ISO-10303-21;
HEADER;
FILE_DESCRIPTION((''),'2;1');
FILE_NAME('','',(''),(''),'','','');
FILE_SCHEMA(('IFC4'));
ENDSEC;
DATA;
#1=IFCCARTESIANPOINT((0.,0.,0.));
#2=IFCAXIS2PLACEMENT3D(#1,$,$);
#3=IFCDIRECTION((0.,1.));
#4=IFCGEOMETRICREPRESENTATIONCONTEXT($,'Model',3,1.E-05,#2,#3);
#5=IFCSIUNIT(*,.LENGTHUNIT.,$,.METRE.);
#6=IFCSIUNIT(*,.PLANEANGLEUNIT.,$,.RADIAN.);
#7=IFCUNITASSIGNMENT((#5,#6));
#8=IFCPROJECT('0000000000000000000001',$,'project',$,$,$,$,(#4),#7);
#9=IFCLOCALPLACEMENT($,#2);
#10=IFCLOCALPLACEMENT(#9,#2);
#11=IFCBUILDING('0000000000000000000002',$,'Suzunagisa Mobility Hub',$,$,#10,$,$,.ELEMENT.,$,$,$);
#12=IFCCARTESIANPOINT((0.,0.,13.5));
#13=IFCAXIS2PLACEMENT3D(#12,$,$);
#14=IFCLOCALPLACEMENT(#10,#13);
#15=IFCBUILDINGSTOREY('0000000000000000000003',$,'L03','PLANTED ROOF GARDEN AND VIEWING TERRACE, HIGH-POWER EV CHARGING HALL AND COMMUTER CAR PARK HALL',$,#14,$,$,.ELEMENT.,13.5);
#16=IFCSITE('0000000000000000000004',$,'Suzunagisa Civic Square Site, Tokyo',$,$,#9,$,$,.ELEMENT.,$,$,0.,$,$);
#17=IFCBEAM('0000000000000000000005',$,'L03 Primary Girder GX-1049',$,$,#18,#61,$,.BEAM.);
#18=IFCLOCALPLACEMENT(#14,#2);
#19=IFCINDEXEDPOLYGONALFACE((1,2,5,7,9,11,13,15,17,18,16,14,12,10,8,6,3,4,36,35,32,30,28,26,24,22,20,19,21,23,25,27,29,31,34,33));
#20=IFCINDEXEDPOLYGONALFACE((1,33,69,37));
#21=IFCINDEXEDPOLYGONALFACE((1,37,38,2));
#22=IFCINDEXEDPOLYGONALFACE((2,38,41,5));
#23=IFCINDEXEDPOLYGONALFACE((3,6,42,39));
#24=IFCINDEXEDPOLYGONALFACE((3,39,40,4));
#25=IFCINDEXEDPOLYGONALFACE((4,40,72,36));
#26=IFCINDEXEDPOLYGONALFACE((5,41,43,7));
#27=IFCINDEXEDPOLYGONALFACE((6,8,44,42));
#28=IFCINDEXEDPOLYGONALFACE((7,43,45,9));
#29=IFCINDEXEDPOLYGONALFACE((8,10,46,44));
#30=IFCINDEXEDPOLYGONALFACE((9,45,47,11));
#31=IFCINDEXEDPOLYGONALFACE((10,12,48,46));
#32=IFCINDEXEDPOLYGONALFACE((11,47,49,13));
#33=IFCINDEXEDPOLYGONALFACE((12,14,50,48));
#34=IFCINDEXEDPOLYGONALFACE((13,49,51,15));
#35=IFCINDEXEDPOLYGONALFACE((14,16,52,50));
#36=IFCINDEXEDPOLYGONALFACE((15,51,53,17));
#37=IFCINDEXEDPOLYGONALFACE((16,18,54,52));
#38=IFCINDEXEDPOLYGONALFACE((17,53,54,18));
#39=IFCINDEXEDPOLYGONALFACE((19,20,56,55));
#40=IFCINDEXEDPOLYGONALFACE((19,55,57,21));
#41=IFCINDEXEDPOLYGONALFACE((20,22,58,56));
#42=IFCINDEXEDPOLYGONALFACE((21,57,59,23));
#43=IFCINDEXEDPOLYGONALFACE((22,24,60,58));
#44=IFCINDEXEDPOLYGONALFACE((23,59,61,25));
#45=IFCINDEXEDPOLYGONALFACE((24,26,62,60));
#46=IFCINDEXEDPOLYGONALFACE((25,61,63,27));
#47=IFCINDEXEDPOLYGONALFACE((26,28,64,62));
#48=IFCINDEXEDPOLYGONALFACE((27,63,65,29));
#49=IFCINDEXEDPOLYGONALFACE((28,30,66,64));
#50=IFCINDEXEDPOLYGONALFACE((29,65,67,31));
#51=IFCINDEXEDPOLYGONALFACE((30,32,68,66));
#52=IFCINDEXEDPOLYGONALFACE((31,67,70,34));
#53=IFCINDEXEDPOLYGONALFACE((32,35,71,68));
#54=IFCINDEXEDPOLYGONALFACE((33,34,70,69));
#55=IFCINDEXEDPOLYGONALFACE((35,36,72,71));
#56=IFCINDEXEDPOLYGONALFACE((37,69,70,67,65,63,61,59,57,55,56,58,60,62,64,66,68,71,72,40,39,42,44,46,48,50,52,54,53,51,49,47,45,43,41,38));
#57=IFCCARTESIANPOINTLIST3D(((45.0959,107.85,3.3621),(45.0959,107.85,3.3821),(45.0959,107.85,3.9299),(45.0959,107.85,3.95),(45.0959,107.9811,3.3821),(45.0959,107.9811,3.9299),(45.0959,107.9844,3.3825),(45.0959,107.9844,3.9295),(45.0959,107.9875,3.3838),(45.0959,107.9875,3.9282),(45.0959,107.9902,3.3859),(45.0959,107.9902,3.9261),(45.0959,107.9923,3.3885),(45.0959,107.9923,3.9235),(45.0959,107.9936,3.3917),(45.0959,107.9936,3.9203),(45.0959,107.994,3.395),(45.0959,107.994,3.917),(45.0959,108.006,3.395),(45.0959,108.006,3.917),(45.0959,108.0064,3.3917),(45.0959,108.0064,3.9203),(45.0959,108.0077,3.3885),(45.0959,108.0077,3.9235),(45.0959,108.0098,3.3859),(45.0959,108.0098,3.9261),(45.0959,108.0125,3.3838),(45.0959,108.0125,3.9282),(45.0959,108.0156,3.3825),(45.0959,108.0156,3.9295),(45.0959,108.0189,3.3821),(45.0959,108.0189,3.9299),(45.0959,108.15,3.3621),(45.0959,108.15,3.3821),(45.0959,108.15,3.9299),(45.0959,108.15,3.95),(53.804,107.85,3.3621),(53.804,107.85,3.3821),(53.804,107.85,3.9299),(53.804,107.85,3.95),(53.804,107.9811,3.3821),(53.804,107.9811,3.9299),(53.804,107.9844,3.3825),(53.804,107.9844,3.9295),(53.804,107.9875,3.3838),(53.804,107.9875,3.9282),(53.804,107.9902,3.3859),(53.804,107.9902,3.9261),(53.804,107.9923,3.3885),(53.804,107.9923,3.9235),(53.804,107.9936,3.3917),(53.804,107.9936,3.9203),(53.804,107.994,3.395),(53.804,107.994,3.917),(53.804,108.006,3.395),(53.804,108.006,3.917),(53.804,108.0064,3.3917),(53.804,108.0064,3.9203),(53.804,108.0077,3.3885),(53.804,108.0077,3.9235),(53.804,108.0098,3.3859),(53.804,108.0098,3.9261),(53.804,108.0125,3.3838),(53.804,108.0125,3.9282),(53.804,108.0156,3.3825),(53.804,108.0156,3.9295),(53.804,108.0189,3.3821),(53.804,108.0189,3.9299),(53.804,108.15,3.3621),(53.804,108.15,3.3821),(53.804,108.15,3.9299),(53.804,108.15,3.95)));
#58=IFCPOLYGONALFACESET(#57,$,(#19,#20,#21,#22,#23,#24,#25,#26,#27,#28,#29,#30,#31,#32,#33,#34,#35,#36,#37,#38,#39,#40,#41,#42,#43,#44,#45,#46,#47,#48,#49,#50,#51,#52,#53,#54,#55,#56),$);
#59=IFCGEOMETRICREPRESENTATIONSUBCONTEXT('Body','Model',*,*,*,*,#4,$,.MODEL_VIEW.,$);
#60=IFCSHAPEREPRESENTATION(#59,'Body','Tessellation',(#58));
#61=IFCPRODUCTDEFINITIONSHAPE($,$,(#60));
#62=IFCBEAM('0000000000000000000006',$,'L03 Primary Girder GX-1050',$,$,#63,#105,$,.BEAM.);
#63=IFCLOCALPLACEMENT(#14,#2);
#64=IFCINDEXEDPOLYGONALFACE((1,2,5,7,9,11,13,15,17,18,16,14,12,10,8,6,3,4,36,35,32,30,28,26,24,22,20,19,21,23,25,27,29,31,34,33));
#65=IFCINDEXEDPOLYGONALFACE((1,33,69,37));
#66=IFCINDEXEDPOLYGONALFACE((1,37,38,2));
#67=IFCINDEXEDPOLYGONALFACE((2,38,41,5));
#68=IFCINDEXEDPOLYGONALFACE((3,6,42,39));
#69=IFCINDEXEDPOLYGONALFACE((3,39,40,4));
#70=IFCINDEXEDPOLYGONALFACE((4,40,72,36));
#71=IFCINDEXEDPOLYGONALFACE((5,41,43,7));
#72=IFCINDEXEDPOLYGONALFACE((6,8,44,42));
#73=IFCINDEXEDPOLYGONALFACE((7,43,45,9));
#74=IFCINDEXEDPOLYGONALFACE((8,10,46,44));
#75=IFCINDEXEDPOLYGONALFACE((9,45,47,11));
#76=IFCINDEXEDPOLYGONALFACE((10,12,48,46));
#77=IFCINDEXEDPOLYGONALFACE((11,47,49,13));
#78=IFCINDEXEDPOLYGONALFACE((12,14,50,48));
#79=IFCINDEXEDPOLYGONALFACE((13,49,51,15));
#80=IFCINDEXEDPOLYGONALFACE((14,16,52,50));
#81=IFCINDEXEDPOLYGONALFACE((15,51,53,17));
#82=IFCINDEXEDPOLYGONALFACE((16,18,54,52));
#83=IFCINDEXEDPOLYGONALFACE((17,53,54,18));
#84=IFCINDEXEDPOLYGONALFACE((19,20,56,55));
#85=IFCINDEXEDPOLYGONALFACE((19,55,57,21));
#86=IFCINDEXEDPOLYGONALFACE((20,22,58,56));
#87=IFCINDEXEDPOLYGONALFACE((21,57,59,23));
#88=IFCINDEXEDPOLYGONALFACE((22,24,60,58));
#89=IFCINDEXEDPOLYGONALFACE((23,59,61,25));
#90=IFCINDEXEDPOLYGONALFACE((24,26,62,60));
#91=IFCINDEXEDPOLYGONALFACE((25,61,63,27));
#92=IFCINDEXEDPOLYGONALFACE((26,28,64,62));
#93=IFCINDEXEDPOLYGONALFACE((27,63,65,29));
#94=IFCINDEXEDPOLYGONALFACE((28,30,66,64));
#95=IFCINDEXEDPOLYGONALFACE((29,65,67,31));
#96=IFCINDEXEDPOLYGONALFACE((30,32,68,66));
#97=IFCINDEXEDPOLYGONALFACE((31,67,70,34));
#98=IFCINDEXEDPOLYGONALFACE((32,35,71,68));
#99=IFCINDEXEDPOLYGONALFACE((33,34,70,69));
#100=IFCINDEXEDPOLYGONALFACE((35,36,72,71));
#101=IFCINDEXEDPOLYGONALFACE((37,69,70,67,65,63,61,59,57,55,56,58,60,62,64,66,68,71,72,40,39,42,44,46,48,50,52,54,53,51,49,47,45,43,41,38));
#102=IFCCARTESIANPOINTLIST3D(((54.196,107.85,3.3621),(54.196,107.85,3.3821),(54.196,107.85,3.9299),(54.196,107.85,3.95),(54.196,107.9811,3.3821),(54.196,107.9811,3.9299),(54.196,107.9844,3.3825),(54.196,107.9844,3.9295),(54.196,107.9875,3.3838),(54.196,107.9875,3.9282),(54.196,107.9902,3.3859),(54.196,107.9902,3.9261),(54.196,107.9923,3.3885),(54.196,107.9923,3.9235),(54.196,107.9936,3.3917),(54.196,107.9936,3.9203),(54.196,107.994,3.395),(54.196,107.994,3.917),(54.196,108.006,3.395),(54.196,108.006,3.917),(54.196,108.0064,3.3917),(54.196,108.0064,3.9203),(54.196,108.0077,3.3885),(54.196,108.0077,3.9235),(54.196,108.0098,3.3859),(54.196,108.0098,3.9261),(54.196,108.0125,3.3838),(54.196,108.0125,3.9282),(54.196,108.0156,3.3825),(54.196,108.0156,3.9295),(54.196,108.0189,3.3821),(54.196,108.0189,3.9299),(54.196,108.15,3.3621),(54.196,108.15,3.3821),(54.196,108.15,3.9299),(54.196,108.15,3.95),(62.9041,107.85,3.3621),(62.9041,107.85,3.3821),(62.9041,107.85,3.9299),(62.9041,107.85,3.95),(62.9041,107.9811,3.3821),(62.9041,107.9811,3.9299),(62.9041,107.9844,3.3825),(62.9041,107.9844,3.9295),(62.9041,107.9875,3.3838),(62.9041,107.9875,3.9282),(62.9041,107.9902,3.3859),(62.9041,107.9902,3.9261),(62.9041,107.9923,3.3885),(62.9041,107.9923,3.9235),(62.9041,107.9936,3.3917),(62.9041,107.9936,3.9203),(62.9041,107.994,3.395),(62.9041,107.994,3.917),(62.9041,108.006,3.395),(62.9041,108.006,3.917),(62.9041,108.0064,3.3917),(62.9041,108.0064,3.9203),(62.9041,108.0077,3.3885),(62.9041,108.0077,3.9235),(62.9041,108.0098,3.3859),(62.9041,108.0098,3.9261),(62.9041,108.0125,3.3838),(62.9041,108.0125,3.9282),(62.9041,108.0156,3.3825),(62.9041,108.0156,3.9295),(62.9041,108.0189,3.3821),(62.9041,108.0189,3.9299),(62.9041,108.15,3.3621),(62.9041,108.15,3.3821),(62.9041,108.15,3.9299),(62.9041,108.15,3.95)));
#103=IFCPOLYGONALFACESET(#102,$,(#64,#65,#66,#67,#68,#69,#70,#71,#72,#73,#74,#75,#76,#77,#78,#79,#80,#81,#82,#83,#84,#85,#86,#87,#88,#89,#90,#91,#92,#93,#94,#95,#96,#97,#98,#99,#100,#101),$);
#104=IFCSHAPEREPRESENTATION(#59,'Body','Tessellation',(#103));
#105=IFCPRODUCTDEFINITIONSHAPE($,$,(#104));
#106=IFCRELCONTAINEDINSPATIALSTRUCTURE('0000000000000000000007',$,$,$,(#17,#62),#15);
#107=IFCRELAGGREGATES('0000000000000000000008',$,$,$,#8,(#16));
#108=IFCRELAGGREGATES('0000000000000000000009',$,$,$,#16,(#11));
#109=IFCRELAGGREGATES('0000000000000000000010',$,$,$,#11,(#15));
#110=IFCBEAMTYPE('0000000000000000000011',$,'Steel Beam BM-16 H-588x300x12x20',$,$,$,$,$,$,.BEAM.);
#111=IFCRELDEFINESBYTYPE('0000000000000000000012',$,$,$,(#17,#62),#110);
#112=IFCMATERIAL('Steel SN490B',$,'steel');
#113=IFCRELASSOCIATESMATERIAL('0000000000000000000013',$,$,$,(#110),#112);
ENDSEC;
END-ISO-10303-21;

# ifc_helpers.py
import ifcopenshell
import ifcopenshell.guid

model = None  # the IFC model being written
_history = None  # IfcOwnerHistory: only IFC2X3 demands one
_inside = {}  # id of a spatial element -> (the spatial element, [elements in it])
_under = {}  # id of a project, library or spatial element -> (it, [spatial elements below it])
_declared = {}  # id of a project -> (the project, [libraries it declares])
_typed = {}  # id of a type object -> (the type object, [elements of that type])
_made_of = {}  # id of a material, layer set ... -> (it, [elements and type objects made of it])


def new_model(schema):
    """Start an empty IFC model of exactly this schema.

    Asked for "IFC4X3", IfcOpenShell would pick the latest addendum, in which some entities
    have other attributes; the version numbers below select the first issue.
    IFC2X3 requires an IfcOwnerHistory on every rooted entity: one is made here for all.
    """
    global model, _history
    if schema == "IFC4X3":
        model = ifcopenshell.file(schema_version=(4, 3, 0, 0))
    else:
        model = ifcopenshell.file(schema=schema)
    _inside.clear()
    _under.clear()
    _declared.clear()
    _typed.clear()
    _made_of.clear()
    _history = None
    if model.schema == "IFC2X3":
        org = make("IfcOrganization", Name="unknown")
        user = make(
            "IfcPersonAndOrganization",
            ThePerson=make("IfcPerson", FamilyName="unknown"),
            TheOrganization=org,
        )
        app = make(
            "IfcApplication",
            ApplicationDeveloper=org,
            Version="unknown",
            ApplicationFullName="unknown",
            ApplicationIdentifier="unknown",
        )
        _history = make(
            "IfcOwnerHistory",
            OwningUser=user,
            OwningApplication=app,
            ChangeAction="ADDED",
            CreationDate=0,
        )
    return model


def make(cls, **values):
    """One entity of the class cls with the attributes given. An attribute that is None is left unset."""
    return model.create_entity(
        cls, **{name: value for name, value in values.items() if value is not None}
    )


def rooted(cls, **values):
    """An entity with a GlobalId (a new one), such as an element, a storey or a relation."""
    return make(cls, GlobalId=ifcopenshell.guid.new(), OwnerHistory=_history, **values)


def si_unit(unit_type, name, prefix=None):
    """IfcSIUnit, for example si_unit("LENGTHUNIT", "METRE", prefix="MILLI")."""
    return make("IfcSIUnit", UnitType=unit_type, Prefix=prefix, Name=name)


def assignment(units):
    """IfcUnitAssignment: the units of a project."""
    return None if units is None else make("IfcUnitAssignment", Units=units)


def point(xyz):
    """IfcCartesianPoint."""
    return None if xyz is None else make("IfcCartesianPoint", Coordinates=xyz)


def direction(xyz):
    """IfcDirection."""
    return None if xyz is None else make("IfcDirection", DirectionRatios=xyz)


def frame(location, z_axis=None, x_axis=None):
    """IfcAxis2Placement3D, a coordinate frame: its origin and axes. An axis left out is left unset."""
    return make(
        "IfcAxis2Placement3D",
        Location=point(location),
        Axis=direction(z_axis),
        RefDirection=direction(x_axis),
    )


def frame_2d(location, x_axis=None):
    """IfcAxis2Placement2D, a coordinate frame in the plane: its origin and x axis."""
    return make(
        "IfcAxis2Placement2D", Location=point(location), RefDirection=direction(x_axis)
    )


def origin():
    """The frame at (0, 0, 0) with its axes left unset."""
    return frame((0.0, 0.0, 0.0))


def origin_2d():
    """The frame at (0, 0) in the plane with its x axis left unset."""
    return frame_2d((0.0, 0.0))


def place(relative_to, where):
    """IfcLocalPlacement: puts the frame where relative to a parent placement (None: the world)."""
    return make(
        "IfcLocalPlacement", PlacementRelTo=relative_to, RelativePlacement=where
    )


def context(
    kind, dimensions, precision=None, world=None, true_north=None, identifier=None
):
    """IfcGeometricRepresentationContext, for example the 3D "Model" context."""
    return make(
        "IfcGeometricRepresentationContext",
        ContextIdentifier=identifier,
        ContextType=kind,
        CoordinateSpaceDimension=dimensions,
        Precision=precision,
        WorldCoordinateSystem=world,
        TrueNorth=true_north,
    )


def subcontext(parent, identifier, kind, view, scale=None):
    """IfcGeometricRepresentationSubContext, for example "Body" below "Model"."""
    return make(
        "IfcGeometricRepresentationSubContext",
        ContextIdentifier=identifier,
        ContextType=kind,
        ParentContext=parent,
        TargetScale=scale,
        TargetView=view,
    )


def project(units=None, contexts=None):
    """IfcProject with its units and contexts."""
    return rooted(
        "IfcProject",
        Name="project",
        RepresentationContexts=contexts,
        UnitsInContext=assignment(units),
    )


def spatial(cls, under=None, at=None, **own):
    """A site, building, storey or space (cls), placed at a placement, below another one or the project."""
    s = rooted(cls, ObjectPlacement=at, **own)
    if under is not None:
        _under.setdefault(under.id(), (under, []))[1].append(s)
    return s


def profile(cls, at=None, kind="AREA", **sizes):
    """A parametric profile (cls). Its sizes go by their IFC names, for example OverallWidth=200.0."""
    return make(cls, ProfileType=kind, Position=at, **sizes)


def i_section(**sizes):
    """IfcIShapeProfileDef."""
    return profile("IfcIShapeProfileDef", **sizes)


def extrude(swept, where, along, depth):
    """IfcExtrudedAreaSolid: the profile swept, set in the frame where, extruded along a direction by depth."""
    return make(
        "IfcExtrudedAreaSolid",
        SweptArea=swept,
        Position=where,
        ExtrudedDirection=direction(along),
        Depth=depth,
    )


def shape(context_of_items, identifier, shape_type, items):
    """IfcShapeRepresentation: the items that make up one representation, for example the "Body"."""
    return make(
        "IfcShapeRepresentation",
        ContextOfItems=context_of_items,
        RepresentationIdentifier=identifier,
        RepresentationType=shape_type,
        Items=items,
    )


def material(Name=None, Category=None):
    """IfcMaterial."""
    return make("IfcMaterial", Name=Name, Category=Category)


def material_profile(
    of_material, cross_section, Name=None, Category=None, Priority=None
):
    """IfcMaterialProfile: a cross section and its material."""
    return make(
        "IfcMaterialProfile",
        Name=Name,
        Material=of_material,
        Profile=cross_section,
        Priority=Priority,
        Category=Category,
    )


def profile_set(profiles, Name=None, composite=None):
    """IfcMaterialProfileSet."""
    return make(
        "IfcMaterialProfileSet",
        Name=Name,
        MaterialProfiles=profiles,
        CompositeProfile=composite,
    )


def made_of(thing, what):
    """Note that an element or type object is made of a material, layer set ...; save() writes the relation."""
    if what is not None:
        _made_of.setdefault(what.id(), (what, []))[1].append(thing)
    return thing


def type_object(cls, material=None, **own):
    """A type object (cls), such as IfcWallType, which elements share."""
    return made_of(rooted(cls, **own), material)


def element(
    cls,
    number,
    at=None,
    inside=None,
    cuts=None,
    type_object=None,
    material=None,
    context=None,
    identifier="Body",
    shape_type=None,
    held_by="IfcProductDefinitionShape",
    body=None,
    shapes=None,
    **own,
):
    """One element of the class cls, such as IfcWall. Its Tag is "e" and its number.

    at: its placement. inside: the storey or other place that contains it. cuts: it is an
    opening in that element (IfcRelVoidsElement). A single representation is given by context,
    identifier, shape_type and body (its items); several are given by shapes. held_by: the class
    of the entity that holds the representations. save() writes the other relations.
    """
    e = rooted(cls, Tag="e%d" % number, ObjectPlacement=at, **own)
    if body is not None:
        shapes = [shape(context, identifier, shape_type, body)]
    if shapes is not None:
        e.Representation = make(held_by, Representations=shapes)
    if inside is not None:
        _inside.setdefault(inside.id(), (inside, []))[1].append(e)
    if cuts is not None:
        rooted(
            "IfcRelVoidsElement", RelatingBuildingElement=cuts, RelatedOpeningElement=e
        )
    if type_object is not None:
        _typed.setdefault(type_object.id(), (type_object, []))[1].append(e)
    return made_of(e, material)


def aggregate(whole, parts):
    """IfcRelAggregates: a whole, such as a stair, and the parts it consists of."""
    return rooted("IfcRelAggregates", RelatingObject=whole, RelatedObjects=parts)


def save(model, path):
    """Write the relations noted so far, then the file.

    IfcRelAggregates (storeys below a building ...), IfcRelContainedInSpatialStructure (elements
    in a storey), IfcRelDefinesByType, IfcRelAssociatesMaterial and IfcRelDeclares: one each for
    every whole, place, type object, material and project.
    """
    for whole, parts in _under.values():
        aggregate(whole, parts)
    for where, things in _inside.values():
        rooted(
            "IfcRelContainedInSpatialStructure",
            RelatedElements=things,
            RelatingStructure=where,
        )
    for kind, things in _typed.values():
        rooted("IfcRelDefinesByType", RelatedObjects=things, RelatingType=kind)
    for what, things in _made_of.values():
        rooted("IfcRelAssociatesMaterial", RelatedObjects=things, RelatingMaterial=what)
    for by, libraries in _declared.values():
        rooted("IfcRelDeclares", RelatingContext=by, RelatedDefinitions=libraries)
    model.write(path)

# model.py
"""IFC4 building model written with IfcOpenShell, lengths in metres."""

from ifc_helpers import new_model, si_unit, direction, frame, origin, origin_2d, place, context, subcontext, project, spatial, i_section, extrude, material, material_profile, profile_set, type_object, element, save


model = new_model("IFC4")

# Units and contexts
model_context = context("Model", 3, precision=1e-05, world=origin(), true_north=direction((0.0, 1.0)))
body_context = subcontext(model_context, "Body", "Model", "MODEL_VIEW")
ifc_project = project(units=[si_unit("LENGTHUNIT", "METRE"), si_unit("PLANEANGLEUNIT", "RADIAN")], contexts=[model_context])

# Site, building, storey
site_placement = place(None, origin())
site = spatial("IfcSite", under=ifc_project, at=site_placement, Name="Suzunagisa Civic Square Site, Tokyo", CompositionType="ELEMENT", RefElevation=0.0)
building_placement = place(site_placement, origin())
building = spatial("IfcBuilding", under=site, at=building_placement, Name="Suzunagisa Mobility Hub", CompositionType="ELEMENT")
storey_placement = place(building_placement, frame((0.0, 0.0, 13.5)))
storey = spatial("IfcBuildingStorey", under=building, at=storey_placement, Name="L03", Description="PLANTED ROOF GARDEN AND VIEWING TERRACE, HIGH-POWER EV CHARGING HALL AND COMMUTER CAR PARK HALL", CompositionType="ELEMENT", Elevation=13.5)

# Shared definitions
ifc_material_1 = material(Name="Steel SN490B", Category="steel")

# Beams
ifc_material_profile_1 = material_profile(ifc_material_1, i_section(OverallWidth=0.3, OverallDepth=0.5879, WebThickness=0.012, FlangeThickness=0.02, FilletRadius=0.0129, at=origin_2d()), Name="H-588x300x12x20")
ifc_profile_set_1 = profile_set([ifc_material_profile_1], Name="Steel SN490B")
beam_type_1 = type_object("IfcBeamType", Name="Steel Beam BM-16 H-588x300x12x20", PredefinedType="BEAM", material=ifc_profile_set_1)
for number, where, z_axis, x_axis, name in (
    (1, (45.0959, 108.0, 3.656), (1.0, 0.0, 0.0), (0.0, 1.0, 0.0), "L03 Primary Girder GX-1049"),
    (2, (54.196, 108.0, 3.656), (1.0, 0.0, 0.0), (0.0, 1.0, 0.0), "L03 Primary Girder GX-1050"),
):
    element("IfcBeam", number, at=place(storey_placement, frame(where, z_axis=z_axis, x_axis=x_axis)), inside=storey, type_object=beam_type_1, Name=name, PredefinedType="BEAM", context=body_context, shape_type="SweptSolid", body=[
        extrude(i_section(OverallWidth=0.3, OverallDepth=0.5879, WebThickness=0.012, FlangeThickness=0.02, FilletRadius=0.0129, at=origin_2d()), origin(), (0.0, 0.0, 1.0), 8.708),
    ])

save(model, "model.ifc")
